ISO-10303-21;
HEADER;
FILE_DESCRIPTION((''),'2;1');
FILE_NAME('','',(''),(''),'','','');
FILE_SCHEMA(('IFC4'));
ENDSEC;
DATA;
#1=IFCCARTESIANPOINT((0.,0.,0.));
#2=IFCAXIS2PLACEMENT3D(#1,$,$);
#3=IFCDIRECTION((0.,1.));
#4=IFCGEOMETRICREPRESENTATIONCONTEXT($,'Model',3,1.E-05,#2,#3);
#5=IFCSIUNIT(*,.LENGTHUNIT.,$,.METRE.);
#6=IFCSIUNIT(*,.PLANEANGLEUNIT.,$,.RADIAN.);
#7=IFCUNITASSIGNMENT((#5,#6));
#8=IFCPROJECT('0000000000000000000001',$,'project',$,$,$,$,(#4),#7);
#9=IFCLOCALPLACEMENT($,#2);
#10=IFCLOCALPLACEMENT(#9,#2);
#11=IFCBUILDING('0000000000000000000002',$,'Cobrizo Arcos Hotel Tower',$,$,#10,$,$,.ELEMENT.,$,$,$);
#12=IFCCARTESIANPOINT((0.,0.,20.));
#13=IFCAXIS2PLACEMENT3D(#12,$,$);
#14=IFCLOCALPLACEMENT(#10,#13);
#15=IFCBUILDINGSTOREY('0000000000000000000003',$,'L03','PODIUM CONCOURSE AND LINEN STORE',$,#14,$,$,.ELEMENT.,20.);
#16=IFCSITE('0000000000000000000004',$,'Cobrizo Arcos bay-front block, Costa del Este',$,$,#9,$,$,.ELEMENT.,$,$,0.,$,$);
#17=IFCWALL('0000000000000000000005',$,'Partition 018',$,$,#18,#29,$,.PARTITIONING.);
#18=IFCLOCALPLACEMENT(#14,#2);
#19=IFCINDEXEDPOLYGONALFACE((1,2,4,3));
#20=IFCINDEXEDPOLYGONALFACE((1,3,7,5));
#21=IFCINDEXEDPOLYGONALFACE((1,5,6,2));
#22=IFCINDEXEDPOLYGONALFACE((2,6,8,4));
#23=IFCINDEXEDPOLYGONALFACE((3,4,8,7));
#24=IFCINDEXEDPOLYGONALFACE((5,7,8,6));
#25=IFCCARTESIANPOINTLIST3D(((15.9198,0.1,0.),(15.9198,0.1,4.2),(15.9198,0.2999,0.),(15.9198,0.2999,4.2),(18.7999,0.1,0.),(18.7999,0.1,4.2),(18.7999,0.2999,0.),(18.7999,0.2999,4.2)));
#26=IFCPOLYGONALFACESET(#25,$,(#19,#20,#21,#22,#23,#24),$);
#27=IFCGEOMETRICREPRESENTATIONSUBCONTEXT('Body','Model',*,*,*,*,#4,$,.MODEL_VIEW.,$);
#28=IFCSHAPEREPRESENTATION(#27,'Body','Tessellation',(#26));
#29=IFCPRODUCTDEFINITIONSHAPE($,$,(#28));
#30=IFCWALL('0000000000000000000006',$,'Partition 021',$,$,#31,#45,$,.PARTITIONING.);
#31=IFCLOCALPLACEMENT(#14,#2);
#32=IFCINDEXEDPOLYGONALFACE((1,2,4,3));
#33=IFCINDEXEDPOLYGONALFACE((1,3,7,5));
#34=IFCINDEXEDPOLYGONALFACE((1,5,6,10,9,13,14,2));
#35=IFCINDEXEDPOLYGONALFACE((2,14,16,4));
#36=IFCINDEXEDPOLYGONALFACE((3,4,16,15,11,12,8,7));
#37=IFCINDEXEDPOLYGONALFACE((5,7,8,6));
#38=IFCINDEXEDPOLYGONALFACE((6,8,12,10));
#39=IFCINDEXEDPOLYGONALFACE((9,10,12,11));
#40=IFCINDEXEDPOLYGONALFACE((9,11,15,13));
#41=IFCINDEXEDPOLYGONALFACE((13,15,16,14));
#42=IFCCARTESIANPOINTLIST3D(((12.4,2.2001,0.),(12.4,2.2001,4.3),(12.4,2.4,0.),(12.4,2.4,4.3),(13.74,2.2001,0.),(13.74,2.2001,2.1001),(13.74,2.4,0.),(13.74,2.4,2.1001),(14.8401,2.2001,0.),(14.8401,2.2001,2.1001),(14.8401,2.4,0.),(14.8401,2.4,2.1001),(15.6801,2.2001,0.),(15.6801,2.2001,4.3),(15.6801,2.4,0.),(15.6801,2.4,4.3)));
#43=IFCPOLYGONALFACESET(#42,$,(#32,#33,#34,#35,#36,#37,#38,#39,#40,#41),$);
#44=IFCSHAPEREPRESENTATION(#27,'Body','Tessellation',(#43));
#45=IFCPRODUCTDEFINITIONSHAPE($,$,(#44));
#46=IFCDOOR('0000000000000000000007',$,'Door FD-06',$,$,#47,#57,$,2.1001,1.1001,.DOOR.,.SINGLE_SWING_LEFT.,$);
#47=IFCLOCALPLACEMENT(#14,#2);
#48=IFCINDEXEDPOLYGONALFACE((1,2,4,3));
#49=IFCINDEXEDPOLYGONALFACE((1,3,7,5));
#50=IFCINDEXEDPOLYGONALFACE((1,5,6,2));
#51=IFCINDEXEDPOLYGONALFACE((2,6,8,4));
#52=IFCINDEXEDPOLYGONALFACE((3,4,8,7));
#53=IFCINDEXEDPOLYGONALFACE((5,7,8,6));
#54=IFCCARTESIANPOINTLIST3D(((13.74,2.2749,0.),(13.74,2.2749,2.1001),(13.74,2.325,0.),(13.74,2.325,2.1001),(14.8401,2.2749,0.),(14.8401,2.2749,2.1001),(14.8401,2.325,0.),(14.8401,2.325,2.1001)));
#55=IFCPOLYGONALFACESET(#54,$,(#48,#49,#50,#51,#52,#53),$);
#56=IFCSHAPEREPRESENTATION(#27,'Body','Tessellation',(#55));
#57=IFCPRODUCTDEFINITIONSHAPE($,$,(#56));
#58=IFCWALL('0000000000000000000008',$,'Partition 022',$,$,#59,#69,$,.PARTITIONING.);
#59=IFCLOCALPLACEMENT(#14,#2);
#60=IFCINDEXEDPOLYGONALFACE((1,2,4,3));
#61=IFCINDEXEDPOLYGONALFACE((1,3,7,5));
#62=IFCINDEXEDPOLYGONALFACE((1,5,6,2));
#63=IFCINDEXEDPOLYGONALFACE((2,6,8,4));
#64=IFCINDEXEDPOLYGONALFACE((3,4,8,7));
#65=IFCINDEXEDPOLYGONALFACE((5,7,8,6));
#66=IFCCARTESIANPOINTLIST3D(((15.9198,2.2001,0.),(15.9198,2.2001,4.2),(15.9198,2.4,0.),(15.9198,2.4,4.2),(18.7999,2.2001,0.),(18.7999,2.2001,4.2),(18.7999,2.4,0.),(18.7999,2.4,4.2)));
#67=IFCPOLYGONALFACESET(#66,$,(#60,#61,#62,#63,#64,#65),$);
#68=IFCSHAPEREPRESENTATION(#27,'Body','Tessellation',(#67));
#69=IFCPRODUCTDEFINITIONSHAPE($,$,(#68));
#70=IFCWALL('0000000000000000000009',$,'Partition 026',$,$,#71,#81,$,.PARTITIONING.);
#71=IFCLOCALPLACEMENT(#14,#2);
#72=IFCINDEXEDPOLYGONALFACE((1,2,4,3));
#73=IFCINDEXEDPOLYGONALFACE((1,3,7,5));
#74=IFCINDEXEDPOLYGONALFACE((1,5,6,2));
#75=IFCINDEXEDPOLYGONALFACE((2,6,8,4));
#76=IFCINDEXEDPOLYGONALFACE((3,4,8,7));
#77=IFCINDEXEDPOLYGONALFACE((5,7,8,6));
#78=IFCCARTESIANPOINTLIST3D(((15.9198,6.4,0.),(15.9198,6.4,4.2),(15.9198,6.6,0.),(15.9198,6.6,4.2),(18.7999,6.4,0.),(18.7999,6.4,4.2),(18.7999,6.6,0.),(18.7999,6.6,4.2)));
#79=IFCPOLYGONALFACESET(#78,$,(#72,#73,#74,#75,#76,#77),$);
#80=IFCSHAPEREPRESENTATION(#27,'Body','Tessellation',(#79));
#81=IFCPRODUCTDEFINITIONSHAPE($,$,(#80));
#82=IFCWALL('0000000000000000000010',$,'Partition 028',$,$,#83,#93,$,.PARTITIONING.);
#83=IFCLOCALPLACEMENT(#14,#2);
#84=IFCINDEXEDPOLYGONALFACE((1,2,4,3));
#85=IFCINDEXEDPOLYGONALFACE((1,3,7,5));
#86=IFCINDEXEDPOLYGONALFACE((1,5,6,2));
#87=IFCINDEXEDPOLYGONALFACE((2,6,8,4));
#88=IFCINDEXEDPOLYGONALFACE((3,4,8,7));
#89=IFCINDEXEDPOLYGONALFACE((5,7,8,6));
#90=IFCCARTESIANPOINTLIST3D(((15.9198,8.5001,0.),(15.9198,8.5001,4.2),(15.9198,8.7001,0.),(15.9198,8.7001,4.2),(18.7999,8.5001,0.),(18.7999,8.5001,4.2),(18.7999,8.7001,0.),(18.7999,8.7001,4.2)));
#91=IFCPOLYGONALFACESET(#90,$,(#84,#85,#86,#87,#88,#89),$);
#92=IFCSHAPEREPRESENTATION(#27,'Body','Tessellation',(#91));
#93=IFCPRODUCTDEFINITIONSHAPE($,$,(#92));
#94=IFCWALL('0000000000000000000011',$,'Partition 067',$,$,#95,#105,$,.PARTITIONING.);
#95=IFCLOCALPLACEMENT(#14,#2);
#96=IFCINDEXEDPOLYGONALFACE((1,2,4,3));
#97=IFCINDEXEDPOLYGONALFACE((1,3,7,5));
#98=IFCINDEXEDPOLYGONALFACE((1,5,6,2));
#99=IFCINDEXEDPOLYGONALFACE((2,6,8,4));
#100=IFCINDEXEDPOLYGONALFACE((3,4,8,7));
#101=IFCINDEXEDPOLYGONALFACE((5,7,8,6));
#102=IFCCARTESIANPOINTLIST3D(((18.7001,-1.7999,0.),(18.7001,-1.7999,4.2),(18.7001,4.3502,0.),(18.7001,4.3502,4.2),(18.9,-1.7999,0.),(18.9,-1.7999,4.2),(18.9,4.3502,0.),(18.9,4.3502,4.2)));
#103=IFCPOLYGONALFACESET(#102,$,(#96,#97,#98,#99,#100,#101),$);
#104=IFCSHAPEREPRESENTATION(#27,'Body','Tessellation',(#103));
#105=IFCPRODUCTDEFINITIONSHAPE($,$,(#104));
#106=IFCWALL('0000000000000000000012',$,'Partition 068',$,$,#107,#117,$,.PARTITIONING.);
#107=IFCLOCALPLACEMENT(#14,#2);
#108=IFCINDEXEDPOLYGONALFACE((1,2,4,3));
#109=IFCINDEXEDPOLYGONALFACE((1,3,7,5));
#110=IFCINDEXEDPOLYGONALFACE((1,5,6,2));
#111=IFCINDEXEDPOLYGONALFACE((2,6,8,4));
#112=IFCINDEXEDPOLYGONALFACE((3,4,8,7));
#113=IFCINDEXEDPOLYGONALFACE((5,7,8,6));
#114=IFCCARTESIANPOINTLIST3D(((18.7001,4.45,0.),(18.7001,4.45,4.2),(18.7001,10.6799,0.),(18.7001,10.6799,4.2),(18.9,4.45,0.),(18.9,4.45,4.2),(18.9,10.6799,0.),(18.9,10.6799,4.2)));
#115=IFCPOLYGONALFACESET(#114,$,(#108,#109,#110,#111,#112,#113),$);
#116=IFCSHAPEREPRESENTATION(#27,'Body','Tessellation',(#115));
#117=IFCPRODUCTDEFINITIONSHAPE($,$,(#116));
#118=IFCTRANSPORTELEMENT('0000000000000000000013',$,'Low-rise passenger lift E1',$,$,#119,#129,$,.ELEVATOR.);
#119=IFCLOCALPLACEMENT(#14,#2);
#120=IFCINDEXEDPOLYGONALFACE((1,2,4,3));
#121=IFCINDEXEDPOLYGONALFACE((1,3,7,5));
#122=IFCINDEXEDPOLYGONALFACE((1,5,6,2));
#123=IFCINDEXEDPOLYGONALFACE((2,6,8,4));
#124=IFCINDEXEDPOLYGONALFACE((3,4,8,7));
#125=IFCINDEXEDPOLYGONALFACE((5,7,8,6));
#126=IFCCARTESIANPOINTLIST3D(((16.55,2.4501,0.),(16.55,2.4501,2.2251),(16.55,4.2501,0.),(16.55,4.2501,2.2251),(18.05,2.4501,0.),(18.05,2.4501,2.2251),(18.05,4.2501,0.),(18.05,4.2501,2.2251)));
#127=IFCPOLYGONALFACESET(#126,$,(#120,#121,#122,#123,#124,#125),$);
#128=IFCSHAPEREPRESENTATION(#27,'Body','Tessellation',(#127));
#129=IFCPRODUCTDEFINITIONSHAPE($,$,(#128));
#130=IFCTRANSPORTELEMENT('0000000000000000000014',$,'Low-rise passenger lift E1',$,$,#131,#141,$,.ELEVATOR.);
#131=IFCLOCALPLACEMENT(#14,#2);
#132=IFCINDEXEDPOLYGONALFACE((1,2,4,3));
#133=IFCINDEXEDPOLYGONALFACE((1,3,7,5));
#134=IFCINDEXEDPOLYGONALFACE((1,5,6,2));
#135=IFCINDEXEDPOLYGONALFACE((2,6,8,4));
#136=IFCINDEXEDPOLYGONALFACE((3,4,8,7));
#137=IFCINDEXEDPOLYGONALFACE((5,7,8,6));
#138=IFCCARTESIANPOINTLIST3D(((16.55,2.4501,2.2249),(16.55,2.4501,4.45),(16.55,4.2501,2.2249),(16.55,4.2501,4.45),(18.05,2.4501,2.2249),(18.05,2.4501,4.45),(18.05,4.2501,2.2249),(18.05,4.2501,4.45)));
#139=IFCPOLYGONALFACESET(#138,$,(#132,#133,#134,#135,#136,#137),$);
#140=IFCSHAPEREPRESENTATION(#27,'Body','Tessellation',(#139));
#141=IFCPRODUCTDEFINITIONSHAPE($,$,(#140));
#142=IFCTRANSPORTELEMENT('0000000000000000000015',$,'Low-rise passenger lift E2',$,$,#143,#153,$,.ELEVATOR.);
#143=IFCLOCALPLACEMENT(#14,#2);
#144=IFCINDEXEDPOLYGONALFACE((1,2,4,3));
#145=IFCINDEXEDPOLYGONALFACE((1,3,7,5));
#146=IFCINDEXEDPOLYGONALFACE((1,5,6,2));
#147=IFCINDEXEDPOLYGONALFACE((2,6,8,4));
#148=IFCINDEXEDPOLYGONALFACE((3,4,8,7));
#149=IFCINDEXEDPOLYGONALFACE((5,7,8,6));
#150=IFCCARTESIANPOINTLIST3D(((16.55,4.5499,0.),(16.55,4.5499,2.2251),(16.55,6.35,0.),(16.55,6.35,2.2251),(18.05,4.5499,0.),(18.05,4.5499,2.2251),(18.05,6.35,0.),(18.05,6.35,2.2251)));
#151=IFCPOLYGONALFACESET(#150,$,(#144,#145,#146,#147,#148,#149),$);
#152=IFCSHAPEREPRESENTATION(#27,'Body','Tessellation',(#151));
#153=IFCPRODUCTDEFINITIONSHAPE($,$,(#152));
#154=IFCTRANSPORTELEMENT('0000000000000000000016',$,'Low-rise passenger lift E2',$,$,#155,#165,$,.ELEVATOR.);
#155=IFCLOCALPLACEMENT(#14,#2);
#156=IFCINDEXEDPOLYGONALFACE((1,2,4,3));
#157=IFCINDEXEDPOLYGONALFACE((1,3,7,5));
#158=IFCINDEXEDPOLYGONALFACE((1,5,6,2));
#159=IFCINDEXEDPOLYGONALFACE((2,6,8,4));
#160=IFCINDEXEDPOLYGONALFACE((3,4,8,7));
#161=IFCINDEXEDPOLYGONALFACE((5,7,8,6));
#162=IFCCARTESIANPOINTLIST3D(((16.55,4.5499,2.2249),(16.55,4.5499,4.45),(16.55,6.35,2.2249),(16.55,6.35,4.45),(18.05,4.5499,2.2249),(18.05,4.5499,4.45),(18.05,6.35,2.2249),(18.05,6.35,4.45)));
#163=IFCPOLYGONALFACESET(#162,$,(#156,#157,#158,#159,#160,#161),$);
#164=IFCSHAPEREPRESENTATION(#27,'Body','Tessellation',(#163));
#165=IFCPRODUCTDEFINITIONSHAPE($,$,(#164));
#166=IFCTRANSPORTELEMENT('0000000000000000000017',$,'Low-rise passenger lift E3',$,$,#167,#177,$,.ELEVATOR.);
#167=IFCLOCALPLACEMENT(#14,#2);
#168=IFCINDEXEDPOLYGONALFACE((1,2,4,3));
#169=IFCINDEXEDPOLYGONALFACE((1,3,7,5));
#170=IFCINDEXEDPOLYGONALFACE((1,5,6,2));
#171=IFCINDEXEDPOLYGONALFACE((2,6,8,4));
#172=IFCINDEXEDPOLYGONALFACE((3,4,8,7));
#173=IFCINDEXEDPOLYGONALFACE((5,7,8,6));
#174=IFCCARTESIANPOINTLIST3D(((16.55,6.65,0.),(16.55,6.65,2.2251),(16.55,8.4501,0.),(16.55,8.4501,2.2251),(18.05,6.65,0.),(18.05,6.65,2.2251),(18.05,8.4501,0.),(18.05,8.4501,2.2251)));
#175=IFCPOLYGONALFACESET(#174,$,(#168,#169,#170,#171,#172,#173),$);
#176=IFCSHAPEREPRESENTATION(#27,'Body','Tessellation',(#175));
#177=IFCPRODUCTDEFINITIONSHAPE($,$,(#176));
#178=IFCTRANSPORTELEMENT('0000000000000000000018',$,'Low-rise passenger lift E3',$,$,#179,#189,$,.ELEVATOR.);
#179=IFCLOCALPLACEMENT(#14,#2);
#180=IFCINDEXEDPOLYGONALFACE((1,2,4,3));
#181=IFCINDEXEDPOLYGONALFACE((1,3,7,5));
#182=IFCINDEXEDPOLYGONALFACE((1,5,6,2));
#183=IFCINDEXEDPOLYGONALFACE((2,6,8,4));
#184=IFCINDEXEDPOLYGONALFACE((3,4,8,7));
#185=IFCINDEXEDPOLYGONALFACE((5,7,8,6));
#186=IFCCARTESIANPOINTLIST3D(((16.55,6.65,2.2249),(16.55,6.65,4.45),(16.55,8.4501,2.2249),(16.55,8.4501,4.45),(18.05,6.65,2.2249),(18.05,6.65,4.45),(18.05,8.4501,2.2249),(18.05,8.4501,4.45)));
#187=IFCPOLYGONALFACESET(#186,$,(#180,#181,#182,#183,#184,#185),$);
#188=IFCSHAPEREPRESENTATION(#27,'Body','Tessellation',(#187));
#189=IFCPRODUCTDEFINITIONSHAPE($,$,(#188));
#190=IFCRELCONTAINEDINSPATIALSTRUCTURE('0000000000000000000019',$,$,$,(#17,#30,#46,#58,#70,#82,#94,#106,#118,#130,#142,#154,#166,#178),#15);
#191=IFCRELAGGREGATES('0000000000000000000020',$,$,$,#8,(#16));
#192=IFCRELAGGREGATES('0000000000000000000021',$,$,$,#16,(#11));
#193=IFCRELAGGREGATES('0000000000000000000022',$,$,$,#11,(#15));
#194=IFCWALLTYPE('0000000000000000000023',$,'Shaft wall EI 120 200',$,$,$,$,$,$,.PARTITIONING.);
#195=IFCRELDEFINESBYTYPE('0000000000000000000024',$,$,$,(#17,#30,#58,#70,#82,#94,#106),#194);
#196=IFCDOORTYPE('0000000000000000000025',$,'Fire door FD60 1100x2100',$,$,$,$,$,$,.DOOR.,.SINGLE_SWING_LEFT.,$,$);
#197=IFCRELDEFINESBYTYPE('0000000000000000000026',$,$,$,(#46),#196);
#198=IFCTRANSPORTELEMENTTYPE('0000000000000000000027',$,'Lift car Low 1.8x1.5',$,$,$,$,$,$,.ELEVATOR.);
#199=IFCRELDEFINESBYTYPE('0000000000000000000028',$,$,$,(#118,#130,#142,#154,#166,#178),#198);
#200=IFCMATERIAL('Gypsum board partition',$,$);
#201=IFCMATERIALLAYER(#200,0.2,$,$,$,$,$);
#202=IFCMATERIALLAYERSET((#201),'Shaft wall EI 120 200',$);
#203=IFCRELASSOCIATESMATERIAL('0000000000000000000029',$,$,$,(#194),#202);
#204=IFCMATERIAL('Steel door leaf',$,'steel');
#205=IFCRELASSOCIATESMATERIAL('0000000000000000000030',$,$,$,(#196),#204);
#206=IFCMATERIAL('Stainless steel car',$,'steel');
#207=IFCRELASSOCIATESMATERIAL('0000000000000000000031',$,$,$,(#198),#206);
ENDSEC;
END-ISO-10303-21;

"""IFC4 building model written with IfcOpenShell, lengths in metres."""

from ifc_helpers import new_model, si_unit, direction, frame, frame_2d, origin, origin_2d, place, context, subcontext, project, spatial, rectangle, extrude, material, layer, layer_set, type_object, element, fill, save


model = new_model("IFC4")

# Units and contexts
model_context = context("Model", 3, precision=1e-05, world=origin(), true_north=direction((0.0, 1.0)))
body_context = subcontext(model_context, "Body", "Model", "MODEL_VIEW")
ifc_project = project(units=[si_unit("LENGTHUNIT", "METRE"), si_unit("PLANEANGLEUNIT", "RADIAN")], contexts=[model_context])

# Site, building, storey
site_placement = place(None, origin())
site = spatial("IfcSite", under=ifc_project, at=site_placement, Name="Cobrizo Arcos bay-front block, Costa del Este", CompositionType="ELEMENT", RefElevation=0.0)
building_placement = place(site_placement, origin())
building = spatial("IfcBuilding", under=site, at=building_placement, Name="Cobrizo Arcos Hotel Tower", CompositionType="ELEMENT")
storey_placement = place(building_placement, frame((0.0, 0.0, 20.0)))
storey = spatial("IfcBuildingStorey", under=building, at=storey_placement, Name="L03", Description="PODIUM CONCOURSE AND LINEN STORE", CompositionType="ELEMENT", Elevation=20.0)

# Shared definitions
ifc_material_1 = material(Name="Gypsum board partition")

# Wall
ifc_layer_1 = layer(ifc_material_1, 0.2)
ifc_layer_set_1 = layer_set([ifc_layer_1], Name="Shaft wall EI 120 200")
wall_type_1 = type_object("IfcWallType", Name="Shaft wall EI 120 200", PredefinedType="PARTITIONING", material=ifc_layer_set_1)
wall_1_placement = place(storey_placement, frame((15.9199, 0.2, 0.0), z_axis=(0.0, 0.0, 1.0), x_axis=(1.0, 0.0, 0.0)))
element("IfcWall", 1, at=wall_1_placement, inside=storey, type_object=wall_type_1, Name="Partition 018", PredefinedType="PARTITIONING", context=body_context, shape_type="SweptSolid", body=[
    extrude(rectangle(XDim=2.8801, YDim=0.2, at=frame_2d((1.4399, 0.0))), origin(), (0.0, 0.0, 1.0), 4.2),
])

# Wall, opening, door
wall_2_placement = place(storey_placement, frame((12.3999, 2.3, 0.0), z_axis=(0.0, 0.0, 1.0), x_axis=(1.0, 0.0, 0.0)))
wall_2 = element("IfcWall", 2, at=wall_2_placement, inside=storey, type_object=wall_type_1, Name="Partition 021", PredefinedType="PARTITIONING", context=body_context, shape_type="SweptSolid", body=[
    extrude(rectangle(XDim=3.28, YDim=0.2, at=frame_2d((1.6401, 0.0))), origin(), (0.0, 0.0, 1.0), 4.3),
])
opening_1_placement = place(wall_2_placement, frame((1.3401, 0.0, 0.0)))
opening_1 = element("IfcOpeningElement", 3, at=opening_1_placement, cuts=wall_2, PredefinedType="OPENING", context=body_context, shape_type="SweptSolid", body=[
    extrude(rectangle(XDim=1.1001, YDim=2.1001, at=frame_2d((0.55, 1.05))), frame((0.0, 0.1121, 0.0), z_axis=(0.0, -1.0, 0.0), x_axis=(1.0, 0.0, 0.0)), (0.0, 0.0, 1.0), 0.2239),
])
ifc_material_2 = material(Name="Steel door leaf", Category="steel")
door_type_1 = type_object("IfcDoorType", Name="Fire door FD60 1100x2100", OperationType="SINGLE_SWING_LEFT", PredefinedType="DOOR", material=ifc_material_2)
door_1_placement = place(opening_1_placement, origin())
door_1 = element("IfcDoor", 4, at=door_1_placement, inside=storey, type_object=door_type_1, Name="Door FD-06", OperationType="SINGLE_SWING_LEFT", OverallHeight=2.1001, OverallWidth=1.1001, PredefinedType="DOOR", context=body_context, shape_type="SweptSolid", body=[
    extrude(rectangle(XDim=1.1001, YDim=2.1001, at=frame_2d((0.55, 1.05))), frame((0.0, 0.0249, 0.0), z_axis=(0.0, -1.0, 0.0), x_axis=(1.0, 0.0, 0.0)), (0.0, 0.0, 1.0), 0.05),
])
fill(opening_1, door_1)

# Walls
for number, where, z_axis, x_axis, name in (
    (5, (15.9199, 2.3, 0.0), (0.0, 0.0, 1.0), (1.0, 0.0, 0.0), "Partition 022"),
    (6, (15.9199, 6.5, 0.0), (0.0, 0.0, 1.0), (1.0, 0.0, 0.0), "Partition 026"),
    (7, (15.9199, 8.6001, 0.0), (0.0, 0.0, 1.0), (1.0, 0.0, 0.0), "Partition 028"),
):
    element("IfcWall", number, at=place(storey_placement, frame(where, z_axis=z_axis, x_axis=x_axis)), inside=storey, type_object=wall_type_1, Name=name, PredefinedType="PARTITIONING", context=body_context, shape_type="SweptSolid", body=[
        extrude(rectangle(XDim=2.8801, YDim=0.2, at=frame_2d((1.4399, 0.0))), origin(), (0.0, 0.0, 1.0), 4.2),
    ])
wall_3_placement = place(storey_placement, frame((18.8, -1.8, 0.0), z_axis=(0.0, 0.0, 1.0), x_axis=(0.0, 1.0, 0.0)))
element("IfcWall", 8, at=wall_3_placement, inside=storey, type_object=wall_type_1, Name="Partition 067", PredefinedType="PARTITIONING", context=body_context, shape_type="SweptSolid", body=[
    extrude(rectangle(XDim=6.1501, YDim=0.2, at=frame_2d((3.0752, 0.0))), origin(), (0.0, 0.0, 1.0), 4.2),
])
wall_4_placement = place(storey_placement, frame((18.8, 4.45, 0.0), z_axis=(0.0, 0.0, 1.0), x_axis=(0.0, 1.0, 0.0)))
element("IfcWall", 9, at=wall_4_placement, inside=storey, type_object=wall_type_1, Name="Partition 068", PredefinedType="PARTITIONING", context=body_context, shape_type="SweptSolid", body=[
    extrude(rectangle(XDim=6.23, YDim=0.2, at=frame_2d((3.115, 0.0))), origin(), (0.0, 0.0, 1.0), 4.2),
])

# Transport elements
ifc_material_3 = material(Name="Stainless steel car", Category="steel")
transport_element_type = type_object("IfcTransportElementType", Name="Lift car Low 1.8x1.5", PredefinedType="ELEVATOR", material=ifc_material_3)
for number, where, z_axis, x_axis, name in (
    (10, (17.3, 3.3501, 0.0), (0.0, 0.0, 1.0), (1.0, 0.0, 0.0), "Low-rise passenger lift E1"),
    (11, (17.3, 3.3501, 2.2249), (0.0, 0.0, 1.0), (1.0, 0.0, 0.0), "Low-rise passenger lift E1"),
    (12, (17.3, 5.45, 0.0), (0.0, 0.0, 1.0), (1.0, 0.0, 0.0), "Low-rise passenger lift E2"),
    (13, (17.3, 5.45, 2.2249), (0.0, 0.0, 1.0), (1.0, 0.0, 0.0), "Low-rise passenger lift E2"),
    (14, (17.3, 7.55, 0.0), (0.0, 0.0, 1.0), (1.0, 0.0, 0.0), "Low-rise passenger lift E3"),
    (15, (17.3, 7.55, 2.2249), (0.0, 0.0, 1.0), (1.0, 0.0, 0.0), "Low-rise passenger lift E3"),
):
    element("IfcTransportElement", number, at=place(storey_placement, frame(where, z_axis=z_axis, x_axis=x_axis)), inside=storey, type_object=transport_element_type, Name=name, PredefinedType="ELEVATOR", context=body_context, shape_type="SweptSolid", body=[
        extrude(rectangle(XDim=1.5, YDim=1.8, at=origin_2d()), origin(), (0.0, 0.0, 1.0), 2.2251),
    ])

save(model, "model.ifc")
